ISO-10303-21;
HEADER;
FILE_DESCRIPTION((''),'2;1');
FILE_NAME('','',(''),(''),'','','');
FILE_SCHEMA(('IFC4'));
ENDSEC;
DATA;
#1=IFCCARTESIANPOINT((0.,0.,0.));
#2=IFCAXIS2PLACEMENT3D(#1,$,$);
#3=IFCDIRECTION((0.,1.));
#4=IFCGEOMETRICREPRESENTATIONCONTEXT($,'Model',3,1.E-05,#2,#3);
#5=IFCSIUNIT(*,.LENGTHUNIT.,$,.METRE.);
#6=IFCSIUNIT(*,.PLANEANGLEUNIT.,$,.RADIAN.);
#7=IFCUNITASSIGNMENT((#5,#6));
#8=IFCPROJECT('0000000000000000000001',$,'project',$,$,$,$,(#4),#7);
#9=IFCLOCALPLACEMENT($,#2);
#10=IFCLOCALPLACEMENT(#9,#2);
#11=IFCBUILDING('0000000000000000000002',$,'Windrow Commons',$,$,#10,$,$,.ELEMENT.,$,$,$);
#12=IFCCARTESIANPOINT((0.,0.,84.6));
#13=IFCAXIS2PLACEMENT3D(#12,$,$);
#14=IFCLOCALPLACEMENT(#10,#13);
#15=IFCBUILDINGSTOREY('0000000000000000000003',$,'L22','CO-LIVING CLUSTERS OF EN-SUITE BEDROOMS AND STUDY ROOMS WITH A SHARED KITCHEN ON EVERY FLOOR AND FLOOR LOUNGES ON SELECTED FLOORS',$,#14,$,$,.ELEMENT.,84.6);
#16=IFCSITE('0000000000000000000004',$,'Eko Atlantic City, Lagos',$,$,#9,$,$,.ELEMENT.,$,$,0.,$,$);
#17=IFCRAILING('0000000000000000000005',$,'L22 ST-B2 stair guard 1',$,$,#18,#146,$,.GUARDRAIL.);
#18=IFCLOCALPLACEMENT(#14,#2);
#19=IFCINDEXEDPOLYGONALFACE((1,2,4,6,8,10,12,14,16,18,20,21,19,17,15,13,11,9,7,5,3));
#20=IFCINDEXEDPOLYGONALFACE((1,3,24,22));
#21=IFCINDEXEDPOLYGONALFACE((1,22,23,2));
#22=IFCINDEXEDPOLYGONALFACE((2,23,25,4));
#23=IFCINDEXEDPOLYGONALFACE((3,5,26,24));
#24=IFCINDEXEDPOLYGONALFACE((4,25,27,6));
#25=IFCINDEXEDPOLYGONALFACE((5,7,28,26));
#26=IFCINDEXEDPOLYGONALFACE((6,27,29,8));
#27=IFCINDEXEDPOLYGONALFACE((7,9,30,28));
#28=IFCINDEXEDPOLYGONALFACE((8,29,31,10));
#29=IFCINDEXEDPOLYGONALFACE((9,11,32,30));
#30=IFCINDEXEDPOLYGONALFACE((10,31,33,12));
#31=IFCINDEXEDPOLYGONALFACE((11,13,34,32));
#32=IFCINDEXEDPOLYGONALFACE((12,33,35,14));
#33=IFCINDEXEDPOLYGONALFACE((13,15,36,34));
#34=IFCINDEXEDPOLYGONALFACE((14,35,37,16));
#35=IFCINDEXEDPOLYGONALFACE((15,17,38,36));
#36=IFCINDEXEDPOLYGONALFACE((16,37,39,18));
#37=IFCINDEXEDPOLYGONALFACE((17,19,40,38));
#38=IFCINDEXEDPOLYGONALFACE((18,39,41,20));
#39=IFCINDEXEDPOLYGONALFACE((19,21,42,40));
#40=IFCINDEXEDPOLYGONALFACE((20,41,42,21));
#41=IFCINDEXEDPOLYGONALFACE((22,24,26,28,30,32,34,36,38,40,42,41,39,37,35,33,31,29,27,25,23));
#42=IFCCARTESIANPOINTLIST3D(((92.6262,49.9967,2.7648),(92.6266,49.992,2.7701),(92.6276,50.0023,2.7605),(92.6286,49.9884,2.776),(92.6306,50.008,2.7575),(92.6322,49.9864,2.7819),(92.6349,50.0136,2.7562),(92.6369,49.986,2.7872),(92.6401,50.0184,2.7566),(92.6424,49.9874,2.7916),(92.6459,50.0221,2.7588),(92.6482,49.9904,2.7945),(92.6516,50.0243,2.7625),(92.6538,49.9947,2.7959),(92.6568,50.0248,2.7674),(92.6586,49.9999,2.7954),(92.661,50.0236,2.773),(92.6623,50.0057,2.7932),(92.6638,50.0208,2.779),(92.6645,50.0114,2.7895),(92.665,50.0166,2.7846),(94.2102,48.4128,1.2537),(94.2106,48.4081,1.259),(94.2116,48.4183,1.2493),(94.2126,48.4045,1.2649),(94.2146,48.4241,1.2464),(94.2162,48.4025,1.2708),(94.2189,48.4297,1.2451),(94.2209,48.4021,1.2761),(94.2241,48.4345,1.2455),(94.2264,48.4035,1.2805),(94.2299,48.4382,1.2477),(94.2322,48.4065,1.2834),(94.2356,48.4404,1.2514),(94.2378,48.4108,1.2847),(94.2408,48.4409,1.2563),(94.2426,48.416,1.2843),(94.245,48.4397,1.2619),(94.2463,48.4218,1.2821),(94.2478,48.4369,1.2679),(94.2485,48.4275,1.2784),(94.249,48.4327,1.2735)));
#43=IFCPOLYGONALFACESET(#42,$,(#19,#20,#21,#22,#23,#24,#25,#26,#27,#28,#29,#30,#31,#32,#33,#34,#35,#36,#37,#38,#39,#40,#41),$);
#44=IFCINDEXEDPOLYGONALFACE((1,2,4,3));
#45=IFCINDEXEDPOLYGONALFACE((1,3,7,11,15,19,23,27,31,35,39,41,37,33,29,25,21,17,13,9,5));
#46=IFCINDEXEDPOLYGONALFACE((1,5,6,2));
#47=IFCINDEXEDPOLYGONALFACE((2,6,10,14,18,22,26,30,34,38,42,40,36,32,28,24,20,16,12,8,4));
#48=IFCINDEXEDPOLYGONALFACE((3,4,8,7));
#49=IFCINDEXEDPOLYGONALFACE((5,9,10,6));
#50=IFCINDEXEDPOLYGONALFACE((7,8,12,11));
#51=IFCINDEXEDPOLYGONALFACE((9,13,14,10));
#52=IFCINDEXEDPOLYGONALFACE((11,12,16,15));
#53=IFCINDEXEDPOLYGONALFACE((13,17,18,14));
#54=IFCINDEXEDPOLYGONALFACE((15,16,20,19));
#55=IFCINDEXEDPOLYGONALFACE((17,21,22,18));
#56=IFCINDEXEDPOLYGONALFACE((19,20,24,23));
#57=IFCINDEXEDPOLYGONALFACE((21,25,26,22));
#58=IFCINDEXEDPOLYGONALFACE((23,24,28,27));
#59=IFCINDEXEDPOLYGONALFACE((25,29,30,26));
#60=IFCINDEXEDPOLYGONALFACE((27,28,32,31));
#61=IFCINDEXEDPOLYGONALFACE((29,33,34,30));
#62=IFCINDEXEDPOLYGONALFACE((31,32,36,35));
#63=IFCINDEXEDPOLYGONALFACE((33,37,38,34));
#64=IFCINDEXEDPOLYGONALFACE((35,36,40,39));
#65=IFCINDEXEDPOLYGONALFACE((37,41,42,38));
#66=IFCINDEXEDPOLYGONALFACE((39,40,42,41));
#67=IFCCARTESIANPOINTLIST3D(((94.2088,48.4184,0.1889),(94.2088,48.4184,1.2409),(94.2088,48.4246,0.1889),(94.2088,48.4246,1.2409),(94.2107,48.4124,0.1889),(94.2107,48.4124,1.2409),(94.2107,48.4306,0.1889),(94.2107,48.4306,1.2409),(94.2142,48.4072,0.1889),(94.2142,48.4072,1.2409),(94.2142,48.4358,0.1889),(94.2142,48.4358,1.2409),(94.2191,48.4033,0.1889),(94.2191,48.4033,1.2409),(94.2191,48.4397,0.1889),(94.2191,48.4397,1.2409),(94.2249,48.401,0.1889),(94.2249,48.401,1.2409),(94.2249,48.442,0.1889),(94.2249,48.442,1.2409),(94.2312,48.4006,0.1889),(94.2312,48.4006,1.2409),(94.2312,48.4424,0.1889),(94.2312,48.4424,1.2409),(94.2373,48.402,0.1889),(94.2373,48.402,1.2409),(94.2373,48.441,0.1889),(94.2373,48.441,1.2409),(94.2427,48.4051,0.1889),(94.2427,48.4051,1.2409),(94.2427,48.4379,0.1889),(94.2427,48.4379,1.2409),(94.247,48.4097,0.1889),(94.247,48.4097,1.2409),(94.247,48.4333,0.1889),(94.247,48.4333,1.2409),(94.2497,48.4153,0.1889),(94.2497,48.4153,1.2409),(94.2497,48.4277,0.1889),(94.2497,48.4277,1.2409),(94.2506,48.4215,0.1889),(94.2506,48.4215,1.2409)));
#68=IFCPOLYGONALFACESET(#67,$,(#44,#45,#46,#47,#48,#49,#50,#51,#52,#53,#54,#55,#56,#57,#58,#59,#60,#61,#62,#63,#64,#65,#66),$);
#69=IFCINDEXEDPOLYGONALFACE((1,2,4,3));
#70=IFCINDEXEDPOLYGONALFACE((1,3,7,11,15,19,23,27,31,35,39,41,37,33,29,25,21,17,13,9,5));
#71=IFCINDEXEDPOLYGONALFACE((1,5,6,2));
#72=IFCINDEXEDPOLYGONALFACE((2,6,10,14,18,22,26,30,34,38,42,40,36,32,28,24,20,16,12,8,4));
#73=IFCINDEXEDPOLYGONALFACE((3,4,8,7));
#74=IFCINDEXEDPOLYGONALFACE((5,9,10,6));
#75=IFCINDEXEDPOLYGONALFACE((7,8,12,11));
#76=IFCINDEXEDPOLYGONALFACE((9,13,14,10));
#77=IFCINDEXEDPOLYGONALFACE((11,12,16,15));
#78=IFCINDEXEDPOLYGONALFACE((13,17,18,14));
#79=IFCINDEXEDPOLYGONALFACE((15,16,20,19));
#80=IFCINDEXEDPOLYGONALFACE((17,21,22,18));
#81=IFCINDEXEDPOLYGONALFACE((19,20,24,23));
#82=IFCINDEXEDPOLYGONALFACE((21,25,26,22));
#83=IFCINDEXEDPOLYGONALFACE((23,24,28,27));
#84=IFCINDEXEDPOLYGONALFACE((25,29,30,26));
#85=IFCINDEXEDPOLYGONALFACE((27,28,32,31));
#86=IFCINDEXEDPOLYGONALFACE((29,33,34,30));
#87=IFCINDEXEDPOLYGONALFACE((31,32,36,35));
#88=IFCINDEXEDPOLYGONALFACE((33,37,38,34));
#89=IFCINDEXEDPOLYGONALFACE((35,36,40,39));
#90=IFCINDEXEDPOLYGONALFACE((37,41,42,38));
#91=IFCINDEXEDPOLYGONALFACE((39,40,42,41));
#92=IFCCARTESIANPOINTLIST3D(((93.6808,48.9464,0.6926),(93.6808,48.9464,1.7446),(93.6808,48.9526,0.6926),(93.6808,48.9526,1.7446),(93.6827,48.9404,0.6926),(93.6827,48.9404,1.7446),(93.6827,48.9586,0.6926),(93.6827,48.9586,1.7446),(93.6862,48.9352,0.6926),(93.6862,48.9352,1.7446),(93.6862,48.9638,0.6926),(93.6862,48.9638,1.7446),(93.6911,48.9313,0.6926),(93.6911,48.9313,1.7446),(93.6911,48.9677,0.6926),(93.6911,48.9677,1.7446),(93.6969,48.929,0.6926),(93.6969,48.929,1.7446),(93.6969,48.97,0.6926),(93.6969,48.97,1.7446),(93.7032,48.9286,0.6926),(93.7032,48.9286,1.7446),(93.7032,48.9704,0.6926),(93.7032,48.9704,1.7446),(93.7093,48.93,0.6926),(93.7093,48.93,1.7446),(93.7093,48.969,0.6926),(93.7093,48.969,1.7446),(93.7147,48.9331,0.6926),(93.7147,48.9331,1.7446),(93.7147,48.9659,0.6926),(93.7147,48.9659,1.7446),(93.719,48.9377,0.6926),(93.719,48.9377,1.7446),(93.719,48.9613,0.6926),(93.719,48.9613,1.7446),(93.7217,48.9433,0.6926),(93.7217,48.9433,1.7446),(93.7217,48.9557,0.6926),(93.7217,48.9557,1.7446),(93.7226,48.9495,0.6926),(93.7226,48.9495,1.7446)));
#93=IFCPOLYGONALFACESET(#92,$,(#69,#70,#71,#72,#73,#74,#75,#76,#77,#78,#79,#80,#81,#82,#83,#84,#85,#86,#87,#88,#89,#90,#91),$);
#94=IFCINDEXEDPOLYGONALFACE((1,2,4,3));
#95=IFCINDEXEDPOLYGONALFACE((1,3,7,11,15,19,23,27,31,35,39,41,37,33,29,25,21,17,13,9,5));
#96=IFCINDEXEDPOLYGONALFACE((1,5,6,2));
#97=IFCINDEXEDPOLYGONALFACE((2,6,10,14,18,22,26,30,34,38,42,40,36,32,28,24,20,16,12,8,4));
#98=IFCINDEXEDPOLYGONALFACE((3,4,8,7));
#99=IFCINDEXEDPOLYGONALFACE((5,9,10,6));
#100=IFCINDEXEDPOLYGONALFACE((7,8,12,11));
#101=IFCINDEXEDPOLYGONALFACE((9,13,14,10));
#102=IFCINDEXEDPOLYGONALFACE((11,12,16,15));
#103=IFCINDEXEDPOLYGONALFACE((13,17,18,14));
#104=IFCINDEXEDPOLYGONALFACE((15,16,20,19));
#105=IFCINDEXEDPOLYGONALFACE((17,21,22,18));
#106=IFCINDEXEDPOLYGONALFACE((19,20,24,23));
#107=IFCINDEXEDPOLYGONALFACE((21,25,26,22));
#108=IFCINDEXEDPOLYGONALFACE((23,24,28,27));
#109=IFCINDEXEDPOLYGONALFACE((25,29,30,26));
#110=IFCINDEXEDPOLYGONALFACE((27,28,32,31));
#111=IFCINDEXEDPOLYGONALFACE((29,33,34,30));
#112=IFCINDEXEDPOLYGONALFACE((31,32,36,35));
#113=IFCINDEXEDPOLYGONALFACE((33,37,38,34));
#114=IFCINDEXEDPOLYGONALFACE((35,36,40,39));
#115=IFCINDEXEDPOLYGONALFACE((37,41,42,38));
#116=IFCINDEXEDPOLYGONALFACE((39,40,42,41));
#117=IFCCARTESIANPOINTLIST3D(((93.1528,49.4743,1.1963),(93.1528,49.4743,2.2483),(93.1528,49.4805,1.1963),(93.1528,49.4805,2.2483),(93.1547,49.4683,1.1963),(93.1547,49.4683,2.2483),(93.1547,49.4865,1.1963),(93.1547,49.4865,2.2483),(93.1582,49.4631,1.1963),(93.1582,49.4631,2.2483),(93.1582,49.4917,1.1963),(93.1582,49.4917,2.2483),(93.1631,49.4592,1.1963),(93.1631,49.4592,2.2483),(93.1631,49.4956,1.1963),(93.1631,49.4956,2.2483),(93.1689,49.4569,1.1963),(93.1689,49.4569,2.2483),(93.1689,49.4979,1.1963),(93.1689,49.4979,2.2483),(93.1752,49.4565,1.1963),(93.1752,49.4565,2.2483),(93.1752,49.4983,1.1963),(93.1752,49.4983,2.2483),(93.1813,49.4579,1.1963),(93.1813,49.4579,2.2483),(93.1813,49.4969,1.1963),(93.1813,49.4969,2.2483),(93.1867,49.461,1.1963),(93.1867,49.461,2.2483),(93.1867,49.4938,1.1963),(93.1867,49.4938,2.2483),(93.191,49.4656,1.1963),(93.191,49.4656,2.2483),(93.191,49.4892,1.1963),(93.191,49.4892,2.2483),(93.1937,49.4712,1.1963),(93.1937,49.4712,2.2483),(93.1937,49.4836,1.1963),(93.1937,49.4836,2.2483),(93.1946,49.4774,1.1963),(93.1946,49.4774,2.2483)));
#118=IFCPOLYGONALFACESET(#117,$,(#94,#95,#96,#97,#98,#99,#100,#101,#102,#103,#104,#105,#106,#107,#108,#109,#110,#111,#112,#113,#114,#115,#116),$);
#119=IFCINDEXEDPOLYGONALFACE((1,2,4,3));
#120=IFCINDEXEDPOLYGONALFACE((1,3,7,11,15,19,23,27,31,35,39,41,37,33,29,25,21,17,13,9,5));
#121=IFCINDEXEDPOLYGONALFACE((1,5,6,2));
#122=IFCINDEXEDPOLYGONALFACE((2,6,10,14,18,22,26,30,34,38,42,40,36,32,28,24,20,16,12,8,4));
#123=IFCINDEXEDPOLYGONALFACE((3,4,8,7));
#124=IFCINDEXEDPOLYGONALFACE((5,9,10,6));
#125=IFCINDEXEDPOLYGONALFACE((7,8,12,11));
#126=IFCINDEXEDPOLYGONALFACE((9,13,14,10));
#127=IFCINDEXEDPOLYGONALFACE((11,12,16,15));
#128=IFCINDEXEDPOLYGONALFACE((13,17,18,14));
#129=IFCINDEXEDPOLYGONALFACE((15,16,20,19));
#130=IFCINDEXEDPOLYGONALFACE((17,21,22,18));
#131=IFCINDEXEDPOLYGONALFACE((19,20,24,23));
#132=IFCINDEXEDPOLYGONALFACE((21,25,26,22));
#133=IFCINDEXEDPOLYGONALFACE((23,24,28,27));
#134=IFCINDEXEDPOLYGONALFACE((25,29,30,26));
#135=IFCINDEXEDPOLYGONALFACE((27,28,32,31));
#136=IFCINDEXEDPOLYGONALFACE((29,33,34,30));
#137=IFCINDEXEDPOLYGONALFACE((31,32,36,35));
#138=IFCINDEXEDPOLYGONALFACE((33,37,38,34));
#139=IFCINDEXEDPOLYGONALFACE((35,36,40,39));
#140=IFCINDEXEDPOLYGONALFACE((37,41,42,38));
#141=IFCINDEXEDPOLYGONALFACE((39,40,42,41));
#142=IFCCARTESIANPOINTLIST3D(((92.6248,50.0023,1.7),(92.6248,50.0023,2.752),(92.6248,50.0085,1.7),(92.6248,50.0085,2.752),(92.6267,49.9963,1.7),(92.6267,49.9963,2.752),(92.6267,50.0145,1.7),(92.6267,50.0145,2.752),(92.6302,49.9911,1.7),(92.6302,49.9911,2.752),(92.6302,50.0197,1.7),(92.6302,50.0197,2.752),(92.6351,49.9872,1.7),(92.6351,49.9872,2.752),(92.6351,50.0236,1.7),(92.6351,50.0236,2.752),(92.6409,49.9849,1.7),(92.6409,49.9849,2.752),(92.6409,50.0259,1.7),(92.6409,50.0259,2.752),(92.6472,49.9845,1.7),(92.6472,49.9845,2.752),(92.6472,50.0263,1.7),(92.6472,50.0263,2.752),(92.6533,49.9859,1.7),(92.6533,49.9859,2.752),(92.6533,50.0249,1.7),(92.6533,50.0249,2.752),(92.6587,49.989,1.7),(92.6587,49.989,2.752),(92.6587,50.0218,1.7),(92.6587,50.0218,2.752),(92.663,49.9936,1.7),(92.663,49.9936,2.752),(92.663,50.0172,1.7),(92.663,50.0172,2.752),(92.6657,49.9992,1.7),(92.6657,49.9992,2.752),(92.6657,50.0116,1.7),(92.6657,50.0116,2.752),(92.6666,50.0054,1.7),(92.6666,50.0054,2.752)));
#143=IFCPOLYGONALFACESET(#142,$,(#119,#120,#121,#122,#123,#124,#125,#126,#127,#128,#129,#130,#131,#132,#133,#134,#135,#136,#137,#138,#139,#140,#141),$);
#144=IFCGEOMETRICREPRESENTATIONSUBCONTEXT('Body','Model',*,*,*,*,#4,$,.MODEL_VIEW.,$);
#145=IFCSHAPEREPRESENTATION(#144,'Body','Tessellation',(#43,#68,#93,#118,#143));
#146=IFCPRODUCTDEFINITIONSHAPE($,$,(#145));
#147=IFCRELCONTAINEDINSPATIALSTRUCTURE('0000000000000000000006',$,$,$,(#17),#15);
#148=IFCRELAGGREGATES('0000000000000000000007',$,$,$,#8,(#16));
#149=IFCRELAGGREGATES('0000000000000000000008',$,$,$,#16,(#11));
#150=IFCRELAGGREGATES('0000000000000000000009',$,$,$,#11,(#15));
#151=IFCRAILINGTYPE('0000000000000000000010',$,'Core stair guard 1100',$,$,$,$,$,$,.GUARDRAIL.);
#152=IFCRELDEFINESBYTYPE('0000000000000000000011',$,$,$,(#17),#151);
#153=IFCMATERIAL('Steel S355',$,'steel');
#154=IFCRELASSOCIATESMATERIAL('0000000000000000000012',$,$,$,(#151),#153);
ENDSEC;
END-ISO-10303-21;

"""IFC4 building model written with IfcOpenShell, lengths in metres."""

from ifc_helpers import new_model, si_unit, direction, frame, origin, origin_2d, place, context, subcontext, project, spatial, circle, extrude, material, type_object, element, save


model = new_model("IFC4")

# Units and contexts
model_context = context("Model", 3, precision=1e-05, world=origin(), true_north=direction((0.0, 1.0)))
body_context = subcontext(model_context, "Body", "Model", "MODEL_VIEW")
ifc_project = project(units=[si_unit("LENGTHUNIT", "METRE"), si_unit("PLANEANGLEUNIT", "RADIAN")], contexts=[model_context])

# Site, building, storey
site_placement = place(None, origin())
site = spatial("IfcSite", under=ifc_project, at=site_placement, Name="Eko Atlantic City, Lagos", CompositionType="ELEMENT", RefElevation=0.0)
building_placement = place(site_placement, origin())
building = spatial("IfcBuilding", under=site, at=building_placement, Name="Windrow Commons", CompositionType="ELEMENT")
storey_placement = place(building_placement, frame((0.0, 0.0, 84.6)))
storey = spatial("IfcBuildingStorey", under=building, at=storey_placement, Name="L22", Description="CO-LIVING CLUSTERS OF EN-SUITE BEDROOMS AND STUDY ROOMS WITH A SHARED KITCHEN ON EVERY FLOOR AND FLOOR LOUNGES ON SELECTED FLOORS", CompositionType="ELEMENT", Elevation=84.6)

# Railing
ifc_material_1 = material(Name="Steel S355", Category="steel")
railing_type_1 = type_object("IfcRailingType", Name="Core stair guard 1100", PredefinedType="GUARDRAIL", material=ifc_material_1)
railing_1_placement = place(storey_placement, frame((94.2296, 48.4215, 0.1889)))
element("IfcRailing", 1, at=railing_1_placement, inside=storey, type_object=railing_type_1, Name="L22 ST-B2 stair guard 1", PredefinedType="GUARDRAIL", context=body_context, shape_type="SweptSolid", body=[
    extrude(circle(Radius=0.024, at=origin_2d()), frame((0.0, 0.0, 1.076), z_axis=(-0.586216, 0.586179, 0.559237), x_axis=(-0.707084, -0.707129, 0.0)), (0.0, 0.0, 1.0), 2.7021),
    extrude(circle(Radius=0.021, at=origin_2d()), origin(), (0.0, 0.0, 1.0), 1.052),
    extrude(circle(Radius=0.021, at=origin_2d()), frame((-0.528, 0.528, 0.5037)), (0.0, 0.0, 1.0), 1.052),
    extrude(circle(Radius=0.021, at=origin_2d()), frame((-1.056, 1.0559, 1.0074)), (0.0, 0.0, 1.0), 1.052),
    extrude(circle(Radius=0.021, at=origin_2d()), frame((-1.584, 1.5839, 1.5111)), (0.0, 0.0, 1.0), 1.052),
])

save(model, "model.ifc")
